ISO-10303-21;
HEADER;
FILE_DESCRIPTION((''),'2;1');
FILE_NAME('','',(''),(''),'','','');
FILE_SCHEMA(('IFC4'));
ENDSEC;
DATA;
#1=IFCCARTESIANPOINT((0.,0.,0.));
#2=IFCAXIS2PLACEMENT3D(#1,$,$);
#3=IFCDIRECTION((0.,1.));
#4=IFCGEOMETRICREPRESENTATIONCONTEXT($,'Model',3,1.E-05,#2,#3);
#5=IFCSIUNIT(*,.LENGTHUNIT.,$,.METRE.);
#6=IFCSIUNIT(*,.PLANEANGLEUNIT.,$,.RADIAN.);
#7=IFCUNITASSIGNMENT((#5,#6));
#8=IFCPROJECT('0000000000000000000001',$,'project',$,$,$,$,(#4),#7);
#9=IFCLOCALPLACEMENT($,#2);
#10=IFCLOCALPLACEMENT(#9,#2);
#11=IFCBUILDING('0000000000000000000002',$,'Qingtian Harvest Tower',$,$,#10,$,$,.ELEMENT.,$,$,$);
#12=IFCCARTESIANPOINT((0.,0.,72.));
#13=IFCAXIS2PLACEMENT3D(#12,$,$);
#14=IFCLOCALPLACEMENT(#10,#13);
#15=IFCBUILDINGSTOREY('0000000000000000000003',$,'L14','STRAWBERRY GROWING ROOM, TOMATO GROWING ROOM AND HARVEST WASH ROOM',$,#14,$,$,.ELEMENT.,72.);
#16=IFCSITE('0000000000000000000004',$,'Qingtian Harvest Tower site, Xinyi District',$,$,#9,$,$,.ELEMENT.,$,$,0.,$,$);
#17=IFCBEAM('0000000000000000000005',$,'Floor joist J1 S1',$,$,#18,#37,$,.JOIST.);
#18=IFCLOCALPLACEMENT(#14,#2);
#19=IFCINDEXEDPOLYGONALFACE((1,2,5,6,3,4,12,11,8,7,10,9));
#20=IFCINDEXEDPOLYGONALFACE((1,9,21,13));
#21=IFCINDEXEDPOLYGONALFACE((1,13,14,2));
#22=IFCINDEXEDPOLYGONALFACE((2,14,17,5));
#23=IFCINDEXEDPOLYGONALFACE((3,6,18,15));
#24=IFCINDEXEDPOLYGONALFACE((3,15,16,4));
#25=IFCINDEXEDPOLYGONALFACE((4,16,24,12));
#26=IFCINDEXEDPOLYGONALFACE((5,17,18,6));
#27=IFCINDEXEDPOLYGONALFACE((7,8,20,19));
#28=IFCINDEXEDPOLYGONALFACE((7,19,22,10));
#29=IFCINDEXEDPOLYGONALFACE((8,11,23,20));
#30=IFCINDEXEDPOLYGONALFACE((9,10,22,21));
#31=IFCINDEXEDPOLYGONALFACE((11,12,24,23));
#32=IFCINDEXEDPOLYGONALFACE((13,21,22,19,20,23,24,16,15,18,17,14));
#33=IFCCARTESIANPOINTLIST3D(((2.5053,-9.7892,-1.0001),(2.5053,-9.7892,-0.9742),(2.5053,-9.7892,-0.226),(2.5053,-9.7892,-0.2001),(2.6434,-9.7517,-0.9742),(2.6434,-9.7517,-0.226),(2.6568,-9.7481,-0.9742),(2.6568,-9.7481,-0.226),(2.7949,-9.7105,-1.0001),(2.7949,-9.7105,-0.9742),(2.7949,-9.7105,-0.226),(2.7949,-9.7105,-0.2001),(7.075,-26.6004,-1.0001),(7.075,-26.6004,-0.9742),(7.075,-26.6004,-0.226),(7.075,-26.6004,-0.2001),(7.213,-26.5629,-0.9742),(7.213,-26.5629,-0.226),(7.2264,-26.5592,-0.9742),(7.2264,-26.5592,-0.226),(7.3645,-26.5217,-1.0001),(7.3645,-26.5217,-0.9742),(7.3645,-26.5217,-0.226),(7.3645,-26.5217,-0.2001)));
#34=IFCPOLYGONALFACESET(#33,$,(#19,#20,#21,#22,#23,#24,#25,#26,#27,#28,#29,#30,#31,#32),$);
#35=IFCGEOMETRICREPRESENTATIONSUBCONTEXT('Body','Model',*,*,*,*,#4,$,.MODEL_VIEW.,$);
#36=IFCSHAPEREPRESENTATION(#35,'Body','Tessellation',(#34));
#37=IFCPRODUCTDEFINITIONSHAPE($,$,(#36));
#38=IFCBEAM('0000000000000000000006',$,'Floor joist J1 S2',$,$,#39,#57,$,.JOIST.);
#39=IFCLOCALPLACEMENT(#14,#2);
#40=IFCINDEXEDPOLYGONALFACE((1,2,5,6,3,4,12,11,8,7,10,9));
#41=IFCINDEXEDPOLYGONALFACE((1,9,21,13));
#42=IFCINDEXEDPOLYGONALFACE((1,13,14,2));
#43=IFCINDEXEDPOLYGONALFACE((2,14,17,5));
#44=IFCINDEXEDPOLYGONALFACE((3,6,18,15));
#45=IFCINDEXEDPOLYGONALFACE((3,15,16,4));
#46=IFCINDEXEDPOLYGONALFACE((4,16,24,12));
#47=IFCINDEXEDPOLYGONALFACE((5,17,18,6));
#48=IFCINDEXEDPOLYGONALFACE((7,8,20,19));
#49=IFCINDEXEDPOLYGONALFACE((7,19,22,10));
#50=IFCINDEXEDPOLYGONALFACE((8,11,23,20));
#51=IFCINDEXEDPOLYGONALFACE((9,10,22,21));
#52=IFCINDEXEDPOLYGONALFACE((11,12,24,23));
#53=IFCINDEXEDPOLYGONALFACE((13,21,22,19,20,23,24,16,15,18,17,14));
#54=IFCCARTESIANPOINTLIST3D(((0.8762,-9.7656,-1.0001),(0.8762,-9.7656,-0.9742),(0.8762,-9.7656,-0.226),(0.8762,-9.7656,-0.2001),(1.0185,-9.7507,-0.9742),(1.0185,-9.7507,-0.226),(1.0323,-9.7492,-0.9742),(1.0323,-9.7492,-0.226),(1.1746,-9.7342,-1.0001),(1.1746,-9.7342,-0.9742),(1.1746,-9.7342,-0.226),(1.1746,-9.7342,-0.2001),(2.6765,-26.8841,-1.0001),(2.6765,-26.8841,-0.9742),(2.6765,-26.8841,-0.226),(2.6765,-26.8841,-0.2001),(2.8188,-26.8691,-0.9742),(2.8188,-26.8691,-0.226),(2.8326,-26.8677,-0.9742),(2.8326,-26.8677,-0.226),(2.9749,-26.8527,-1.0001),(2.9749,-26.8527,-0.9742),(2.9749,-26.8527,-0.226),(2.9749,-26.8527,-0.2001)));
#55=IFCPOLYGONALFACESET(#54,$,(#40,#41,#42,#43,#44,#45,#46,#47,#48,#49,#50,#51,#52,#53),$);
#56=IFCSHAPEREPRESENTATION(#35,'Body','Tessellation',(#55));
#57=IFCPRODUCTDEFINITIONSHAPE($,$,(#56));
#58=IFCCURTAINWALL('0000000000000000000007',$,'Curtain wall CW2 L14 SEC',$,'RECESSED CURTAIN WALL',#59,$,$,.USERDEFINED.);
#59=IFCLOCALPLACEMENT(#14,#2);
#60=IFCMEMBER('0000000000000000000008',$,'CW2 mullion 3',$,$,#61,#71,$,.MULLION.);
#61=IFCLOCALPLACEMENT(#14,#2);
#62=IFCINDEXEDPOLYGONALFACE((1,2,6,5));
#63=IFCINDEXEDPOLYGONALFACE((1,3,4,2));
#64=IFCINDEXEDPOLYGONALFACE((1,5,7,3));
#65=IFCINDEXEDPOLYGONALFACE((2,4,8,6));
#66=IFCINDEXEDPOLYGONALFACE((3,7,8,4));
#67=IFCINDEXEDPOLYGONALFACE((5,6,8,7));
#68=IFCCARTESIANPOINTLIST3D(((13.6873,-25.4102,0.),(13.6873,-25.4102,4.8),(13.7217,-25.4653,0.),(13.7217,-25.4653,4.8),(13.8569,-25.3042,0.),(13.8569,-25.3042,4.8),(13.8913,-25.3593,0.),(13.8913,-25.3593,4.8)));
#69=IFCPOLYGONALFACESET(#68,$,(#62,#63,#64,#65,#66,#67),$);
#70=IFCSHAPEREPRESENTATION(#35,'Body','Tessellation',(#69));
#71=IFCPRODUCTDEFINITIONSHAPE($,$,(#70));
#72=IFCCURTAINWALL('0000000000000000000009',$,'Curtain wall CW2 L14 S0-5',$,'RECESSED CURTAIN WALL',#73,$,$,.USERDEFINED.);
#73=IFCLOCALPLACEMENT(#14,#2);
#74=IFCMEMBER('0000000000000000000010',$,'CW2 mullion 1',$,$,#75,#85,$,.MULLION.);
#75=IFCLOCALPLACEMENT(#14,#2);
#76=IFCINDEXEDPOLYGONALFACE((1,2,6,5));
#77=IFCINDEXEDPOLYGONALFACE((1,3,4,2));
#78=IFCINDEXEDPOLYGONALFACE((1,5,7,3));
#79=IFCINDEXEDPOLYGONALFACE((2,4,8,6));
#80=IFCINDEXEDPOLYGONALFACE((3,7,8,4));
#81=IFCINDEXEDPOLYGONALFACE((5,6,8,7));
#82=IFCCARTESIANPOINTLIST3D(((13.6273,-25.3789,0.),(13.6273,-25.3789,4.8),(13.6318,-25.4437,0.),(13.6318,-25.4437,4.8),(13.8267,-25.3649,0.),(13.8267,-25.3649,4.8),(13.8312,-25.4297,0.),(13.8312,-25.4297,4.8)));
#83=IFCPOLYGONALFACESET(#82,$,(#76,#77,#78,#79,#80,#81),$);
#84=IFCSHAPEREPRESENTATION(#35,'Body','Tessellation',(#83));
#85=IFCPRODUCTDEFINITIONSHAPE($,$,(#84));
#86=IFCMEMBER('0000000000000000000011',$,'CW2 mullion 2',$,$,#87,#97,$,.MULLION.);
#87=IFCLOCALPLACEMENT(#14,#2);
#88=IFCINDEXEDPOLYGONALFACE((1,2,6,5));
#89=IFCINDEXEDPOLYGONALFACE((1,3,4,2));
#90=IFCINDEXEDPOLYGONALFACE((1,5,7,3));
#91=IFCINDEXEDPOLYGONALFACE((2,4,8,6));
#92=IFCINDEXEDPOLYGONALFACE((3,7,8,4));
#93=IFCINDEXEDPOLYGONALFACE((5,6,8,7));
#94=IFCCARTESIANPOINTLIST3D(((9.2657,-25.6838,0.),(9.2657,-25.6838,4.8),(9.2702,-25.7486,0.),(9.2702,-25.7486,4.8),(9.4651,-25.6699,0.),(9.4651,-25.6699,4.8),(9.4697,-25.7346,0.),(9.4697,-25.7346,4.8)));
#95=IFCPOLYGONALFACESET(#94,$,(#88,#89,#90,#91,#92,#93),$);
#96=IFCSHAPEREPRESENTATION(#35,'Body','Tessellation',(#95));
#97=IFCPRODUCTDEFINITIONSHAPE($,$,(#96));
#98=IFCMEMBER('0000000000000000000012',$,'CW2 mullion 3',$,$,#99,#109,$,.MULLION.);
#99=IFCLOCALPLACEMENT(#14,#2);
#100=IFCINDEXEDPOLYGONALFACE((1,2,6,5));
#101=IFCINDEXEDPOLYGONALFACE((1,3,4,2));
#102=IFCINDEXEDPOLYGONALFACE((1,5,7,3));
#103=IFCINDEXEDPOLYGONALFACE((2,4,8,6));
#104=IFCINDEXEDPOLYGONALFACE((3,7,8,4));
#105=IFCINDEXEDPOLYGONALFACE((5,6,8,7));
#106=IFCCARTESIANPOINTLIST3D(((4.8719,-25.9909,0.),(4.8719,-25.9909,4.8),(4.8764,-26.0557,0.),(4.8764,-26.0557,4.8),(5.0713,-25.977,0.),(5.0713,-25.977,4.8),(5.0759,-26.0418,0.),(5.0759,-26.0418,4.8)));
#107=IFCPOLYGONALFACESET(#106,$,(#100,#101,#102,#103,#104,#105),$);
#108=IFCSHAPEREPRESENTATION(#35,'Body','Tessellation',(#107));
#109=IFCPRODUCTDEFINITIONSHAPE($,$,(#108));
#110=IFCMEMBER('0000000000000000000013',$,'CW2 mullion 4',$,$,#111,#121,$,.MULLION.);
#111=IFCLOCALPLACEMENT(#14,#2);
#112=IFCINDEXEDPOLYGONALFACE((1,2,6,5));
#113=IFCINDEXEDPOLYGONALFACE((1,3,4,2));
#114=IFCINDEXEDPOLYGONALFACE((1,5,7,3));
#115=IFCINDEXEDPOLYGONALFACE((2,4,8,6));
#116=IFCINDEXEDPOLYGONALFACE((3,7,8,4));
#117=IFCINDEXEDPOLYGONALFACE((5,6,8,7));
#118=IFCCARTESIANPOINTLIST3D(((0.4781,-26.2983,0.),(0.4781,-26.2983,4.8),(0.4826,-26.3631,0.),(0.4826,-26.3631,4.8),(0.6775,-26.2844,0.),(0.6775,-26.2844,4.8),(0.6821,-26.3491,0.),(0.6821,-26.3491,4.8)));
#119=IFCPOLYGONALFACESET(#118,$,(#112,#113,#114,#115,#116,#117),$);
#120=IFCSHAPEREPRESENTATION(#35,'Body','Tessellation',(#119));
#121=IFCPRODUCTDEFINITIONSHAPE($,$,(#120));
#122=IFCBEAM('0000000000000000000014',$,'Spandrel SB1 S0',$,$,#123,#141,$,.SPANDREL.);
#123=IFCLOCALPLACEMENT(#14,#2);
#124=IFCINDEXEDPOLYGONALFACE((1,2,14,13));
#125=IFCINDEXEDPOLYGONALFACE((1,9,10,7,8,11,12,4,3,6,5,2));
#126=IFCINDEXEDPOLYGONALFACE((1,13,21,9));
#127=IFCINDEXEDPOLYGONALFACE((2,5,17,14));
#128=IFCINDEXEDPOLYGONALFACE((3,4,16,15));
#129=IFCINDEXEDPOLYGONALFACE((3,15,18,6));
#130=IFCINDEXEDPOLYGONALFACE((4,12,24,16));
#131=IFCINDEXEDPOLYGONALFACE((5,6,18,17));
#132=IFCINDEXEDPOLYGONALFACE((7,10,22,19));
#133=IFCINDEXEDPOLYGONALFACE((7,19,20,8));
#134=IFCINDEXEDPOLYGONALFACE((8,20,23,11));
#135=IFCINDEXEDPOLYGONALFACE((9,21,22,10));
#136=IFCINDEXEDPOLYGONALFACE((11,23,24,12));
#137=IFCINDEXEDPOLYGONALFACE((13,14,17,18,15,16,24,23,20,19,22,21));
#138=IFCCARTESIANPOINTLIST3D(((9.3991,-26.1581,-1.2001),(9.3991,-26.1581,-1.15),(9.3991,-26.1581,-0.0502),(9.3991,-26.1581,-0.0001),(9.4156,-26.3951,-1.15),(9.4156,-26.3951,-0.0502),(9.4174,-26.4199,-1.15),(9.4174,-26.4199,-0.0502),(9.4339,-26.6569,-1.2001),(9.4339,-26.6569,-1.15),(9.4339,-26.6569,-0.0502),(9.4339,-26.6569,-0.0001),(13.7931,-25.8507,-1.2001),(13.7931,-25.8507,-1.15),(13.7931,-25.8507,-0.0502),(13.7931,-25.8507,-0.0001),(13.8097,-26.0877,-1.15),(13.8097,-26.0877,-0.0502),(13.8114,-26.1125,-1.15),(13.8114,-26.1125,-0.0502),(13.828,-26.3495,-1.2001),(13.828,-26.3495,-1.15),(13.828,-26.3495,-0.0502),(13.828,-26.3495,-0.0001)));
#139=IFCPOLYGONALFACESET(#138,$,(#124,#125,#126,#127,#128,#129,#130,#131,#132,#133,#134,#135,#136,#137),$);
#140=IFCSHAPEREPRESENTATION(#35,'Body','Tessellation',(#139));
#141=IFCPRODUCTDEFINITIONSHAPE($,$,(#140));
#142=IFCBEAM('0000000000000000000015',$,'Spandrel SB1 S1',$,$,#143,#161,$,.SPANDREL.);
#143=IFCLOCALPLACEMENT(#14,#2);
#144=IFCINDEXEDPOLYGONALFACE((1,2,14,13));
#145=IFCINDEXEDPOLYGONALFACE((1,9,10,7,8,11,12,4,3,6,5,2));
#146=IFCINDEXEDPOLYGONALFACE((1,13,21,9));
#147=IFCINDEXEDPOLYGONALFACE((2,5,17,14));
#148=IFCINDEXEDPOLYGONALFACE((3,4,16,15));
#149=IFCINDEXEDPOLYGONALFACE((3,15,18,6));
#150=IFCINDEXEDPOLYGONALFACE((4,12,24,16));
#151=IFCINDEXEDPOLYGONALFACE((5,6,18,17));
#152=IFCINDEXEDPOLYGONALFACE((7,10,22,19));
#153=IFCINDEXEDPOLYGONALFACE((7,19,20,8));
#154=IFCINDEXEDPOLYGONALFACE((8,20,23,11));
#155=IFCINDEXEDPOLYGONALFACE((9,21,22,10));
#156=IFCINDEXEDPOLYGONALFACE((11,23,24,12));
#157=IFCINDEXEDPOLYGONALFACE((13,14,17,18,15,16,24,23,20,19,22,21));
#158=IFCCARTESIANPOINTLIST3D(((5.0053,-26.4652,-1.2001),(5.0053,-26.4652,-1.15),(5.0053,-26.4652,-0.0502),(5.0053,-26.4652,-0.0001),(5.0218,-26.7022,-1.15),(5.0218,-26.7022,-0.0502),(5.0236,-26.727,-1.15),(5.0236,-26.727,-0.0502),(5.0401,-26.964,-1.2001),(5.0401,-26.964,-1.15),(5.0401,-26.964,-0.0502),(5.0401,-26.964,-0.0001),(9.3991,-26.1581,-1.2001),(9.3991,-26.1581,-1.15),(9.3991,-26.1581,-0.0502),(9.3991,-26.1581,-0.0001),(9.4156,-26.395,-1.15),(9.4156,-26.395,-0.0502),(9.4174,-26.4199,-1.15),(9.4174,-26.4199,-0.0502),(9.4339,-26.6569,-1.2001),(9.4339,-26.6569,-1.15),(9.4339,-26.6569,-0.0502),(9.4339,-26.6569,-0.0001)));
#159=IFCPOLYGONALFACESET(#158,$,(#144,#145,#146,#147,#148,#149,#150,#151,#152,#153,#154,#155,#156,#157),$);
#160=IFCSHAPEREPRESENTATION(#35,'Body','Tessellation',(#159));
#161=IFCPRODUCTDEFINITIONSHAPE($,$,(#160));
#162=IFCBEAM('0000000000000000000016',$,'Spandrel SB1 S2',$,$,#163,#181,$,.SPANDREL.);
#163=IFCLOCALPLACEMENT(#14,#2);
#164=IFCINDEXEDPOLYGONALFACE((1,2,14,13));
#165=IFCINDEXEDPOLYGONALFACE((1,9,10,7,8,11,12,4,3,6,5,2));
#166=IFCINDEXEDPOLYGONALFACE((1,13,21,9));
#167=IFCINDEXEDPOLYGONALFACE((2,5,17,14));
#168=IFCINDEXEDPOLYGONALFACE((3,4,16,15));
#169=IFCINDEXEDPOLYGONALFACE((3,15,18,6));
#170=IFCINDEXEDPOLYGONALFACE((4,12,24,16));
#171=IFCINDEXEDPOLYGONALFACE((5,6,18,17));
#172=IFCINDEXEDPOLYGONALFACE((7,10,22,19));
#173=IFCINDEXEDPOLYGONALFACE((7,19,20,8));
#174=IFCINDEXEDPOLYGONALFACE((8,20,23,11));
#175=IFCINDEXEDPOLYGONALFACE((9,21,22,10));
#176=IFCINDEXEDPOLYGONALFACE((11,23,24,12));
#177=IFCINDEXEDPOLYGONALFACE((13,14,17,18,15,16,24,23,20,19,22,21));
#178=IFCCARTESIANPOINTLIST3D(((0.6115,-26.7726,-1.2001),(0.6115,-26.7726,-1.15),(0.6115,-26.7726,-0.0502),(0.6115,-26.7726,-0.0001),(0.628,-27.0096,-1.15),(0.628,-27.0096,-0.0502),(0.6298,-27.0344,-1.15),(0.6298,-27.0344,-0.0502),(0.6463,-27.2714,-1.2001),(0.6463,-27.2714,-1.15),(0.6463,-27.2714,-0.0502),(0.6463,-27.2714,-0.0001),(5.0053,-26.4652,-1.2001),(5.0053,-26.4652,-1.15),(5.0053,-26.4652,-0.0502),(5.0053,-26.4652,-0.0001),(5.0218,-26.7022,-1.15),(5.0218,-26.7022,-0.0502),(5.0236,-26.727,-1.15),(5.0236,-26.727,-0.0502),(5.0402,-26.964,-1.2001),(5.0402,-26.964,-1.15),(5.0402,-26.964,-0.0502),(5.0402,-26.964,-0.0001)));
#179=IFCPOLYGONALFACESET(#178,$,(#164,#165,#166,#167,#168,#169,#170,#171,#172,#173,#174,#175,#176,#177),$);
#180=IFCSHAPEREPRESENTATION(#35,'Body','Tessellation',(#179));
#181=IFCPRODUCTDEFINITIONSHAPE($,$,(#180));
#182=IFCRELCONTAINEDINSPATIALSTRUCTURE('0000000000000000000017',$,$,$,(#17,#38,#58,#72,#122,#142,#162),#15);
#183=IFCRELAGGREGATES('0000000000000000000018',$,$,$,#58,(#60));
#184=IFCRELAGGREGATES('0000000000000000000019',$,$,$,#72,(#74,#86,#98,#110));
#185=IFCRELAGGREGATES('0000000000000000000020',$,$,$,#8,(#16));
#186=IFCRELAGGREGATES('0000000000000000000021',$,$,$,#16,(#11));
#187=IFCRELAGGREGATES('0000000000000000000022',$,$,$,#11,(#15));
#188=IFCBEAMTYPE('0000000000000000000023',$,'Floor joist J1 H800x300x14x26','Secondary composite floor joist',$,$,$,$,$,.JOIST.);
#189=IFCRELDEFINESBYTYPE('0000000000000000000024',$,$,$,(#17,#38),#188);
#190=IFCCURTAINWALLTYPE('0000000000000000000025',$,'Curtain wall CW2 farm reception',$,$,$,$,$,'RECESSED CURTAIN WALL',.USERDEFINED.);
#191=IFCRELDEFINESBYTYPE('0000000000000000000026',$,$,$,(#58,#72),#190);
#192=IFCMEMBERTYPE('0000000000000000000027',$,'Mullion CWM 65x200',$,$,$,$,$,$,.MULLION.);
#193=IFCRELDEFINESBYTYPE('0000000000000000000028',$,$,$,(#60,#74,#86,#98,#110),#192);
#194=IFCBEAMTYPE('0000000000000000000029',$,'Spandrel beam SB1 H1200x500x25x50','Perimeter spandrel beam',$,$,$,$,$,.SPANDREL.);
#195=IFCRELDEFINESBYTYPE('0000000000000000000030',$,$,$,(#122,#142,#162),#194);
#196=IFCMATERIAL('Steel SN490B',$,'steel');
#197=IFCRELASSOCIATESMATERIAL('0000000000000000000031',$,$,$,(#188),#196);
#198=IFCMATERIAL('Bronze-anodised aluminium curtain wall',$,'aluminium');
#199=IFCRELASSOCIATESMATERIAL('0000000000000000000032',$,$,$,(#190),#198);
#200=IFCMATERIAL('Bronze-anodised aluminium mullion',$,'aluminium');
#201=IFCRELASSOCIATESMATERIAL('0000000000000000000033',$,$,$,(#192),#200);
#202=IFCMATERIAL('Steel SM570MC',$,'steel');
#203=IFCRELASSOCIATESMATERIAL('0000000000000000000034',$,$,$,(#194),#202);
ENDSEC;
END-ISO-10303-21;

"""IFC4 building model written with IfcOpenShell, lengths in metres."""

from ifc_helpers import new_model, si_unit, direction, frame, origin, origin_2d, place, context, subcontext, project, spatial, rectangle, i_section, extrude, material, material_profile, profile_set, type_object, element, aggregate, save


model = new_model("IFC4")

# Units and contexts
model_context = context("Model", 3, precision=1e-05, world=origin(), true_north=direction((0.0, 1.0)))
body_context = subcontext(model_context, "Body", "Model", "MODEL_VIEW")
ifc_project = project(units=[si_unit("LENGTHUNIT", "METRE"), si_unit("PLANEANGLEUNIT", "RADIAN")], contexts=[model_context])

# Site, building, storey
site_placement = place(None, origin())
site = spatial("IfcSite", under=ifc_project, at=site_placement, Name="Qingtian Harvest Tower site, Xinyi District", CompositionType="ELEMENT", RefElevation=0.0)
building_placement = place(site_placement, origin())
building = spatial("IfcBuilding", under=site, at=building_placement, Name="Qingtian Harvest Tower", CompositionType="ELEMENT")
storey_placement = place(building_placement, frame((0.0, 0.0, 72.0)))
storey = spatial("IfcBuildingStorey", under=building, at=storey_placement, Name="L14", Description="STRAWBERRY GROWING ROOM, TOMATO GROWING ROOM AND HARVEST WASH ROOM", CompositionType="ELEMENT", Elevation=72.0)

# Beams
ifc_material_1 = material(Name="Steel SN490B", Category="steel")
ifc_material_profile_1 = material_profile(ifc_material_1, i_section(OverallWidth=0.3, OverallDepth=0.8, WebThickness=0.0139, FlangeThickness=0.0259, at=origin_2d()), Name="H800x300x14x26")
ifc_profile_set_1 = profile_set([ifc_material_profile_1], Name="Steel SN490B")
beam_type_1 = type_object("IfcBeamType", Name="Floor joist J1 H800x300x14x26", Description="Secondary composite floor joist", PredefinedType="JOIST", material=ifc_profile_set_1)
beam_1_placement = place(storey_placement, frame((7.2197, -26.561, -0.6001), z_axis=(-0.262303, 0.964986, 0.0), x_axis=(-0.964986, -0.262303, 0.0)))
element("IfcBeam", 1, at=beam_1_placement, inside=storey, type_object=beam_type_1, Name="Floor joist J1 S1", PredefinedType="JOIST", context=body_context, shape_type="SweptSolid", body=[
    extrude(i_section(OverallWidth=0.3, OverallDepth=0.8, WebThickness=0.0139, FlangeThickness=0.0259, at=origin_2d()), origin(), (0.0, 0.0, 1.0), 17.4211),
])
beam_2_placement = place(storey_placement, frame((2.8257, -26.8684, -0.6001), z_axis=(-0.10459, 0.994515, 0.0), x_axis=(-0.994515, -0.10459, 0.0)))
element("IfcBeam", 2, at=beam_2_placement, inside=storey, type_object=beam_type_1, Name="Floor joist J1 S2", PredefinedType="JOIST", context=body_context, shape_type="SweptSolid", body=[
    extrude(i_section(OverallWidth=0.3, OverallDepth=0.8, WebThickness=0.0139, FlangeThickness=0.0259, at=origin_2d()), origin(), (0.0, 0.0, 1.0), 17.2129),
])

# Curtain wall, member
ifc_material_2 = material(Name="Bronze-anodised aluminium curtain wall", Category="aluminium")
curtain_wall_type = type_object("IfcCurtainWallType", Name="Curtain wall CW2 farm reception", ElementType="RECESSED CURTAIN WALL", PredefinedType="USERDEFINED", material=ifc_material_2)
curtain_wall_1_placement = place(storey_placement, origin())
curtain_wall_1 = element("IfcCurtainWall", 3, at=curtain_wall_1_placement, inside=storey, type_object=curtain_wall_type, Name="Curtain wall CW2 L14 SEC", ObjectType="RECESSED CURTAIN WALL", PredefinedType="USERDEFINED")
ifc_material_3 = material(Name="Bronze-anodised aluminium mullion", Category="aluminium")
ifc_material_profile_2 = material_profile(ifc_material_3, rectangle(XDim=0.0649, YDim=0.2, at=origin_2d()), Name="AL 65x200")
ifc_profile_set_2 = profile_set([ifc_material_profile_2], Name="Bronze-anodised aluminium mullion")
member_type_1 = type_object("IfcMemberType", Name="Mullion CWM 65x200", PredefinedType="MULLION", material=ifc_profile_set_2)
member_1_placement = place(storey_placement, frame((13.7893, -25.3848, 0.0), z_axis=(0.0, 0.0, 1.0), x_axis=(0.529919, -0.848048, 0.0)))
member_1 = element("IfcMember", 4, at=member_1_placement, type_object=member_type_1, Name="CW2 mullion 3", PredefinedType="MULLION", context=body_context, shape_type="SweptSolid", body=[
    extrude(rectangle(XDim=0.0649, YDim=0.2, at=origin_2d()), origin(), (0.0, 0.0, 1.0), 4.8),
])
aggregate(curtain_wall_1, [member_1])

# Curtain wall, members
curtain_wall_2_placement = place(storey_placement, origin())
curtain_wall_2 = element("IfcCurtainWall", 5, at=curtain_wall_2_placement, inside=storey, type_object=curtain_wall_type, Name="Curtain wall CW2 L14 S0-5", ObjectType="RECESSED CURTAIN WALL", PredefinedType="USERDEFINED")
member_2_placement = place(storey_placement, frame((13.7292, -25.4043, 0.0), z_axis=(0.0, 0.0, 1.0), x_axis=(0.069756, -0.997564, 0.0)))
member_2 = element("IfcMember", 6, at=member_2_placement, type_object=member_type_1, Name="CW2 mullion 1", PredefinedType="MULLION", context=body_context, shape_type="SweptSolid", body=[
    extrude(rectangle(XDim=0.0649, YDim=0.2, at=origin_2d()), origin(), (0.0, 0.0, 1.0), 4.8),
])
member_3_placement = place(storey_placement, frame((9.3677, -25.7092, 0.0), z_axis=(0.0, 0.0, 1.0), x_axis=(0.069756, -0.997564, 0.0)))
member_3 = element("IfcMember", 7, at=member_3_placement, type_object=member_type_1, Name="CW2 mullion 2", PredefinedType="MULLION", context=body_context, shape_type="SweptSolid", body=[
    extrude(rectangle(XDim=0.0649, YDim=0.2, at=origin_2d()), origin(), (0.0, 0.0, 1.0), 4.8),
])
member_4_placement = place(storey_placement, frame((4.9739, -26.0164, 0.0), z_axis=(0.0, 0.0, 1.0), x_axis=(0.069756, -0.997564, 0.0)))
member_4 = element("IfcMember", 8, at=member_4_placement, type_object=member_type_1, Name="CW2 mullion 3", PredefinedType="MULLION", context=body_context, shape_type="SweptSolid", body=[
    extrude(rectangle(XDim=0.0649, YDim=0.2, at=origin_2d()), origin(), (0.0, 0.0, 1.0), 4.8),
])
member_5_placement = place(storey_placement, frame((0.5801, -26.3237, 0.0), z_axis=(0.0, 0.0, 1.0), x_axis=(0.069756, -0.997564, 0.0)))
member_5 = element("IfcMember", 9, at=member_5_placement, type_object=member_type_1, Name="CW2 mullion 4", PredefinedType="MULLION", context=body_context, shape_type="SweptSolid", body=[
    extrude(rectangle(XDim=0.0649, YDim=0.2, at=origin_2d()), origin(), (0.0, 0.0, 1.0), 4.8),
])

# Beams
ifc_material_4 = material(Name="Steel SM570MC", Category="steel")
ifc_material_profile_3 = material_profile(ifc_material_4, i_section(OverallWidth=0.5, OverallDepth=1.2, WebThickness=0.0249, FlangeThickness=0.05, at=origin_2d()), Name="H1200x500x25x50")
ifc_profile_set_3 = profile_set([ifc_material_profile_3], Name="Steel SM570MC")
beam_type_2 = type_object("IfcBeamType", Name="Spandrel beam SB1 H1200x500x25x50", Description="Perimeter spandrel beam", PredefinedType="SPANDREL", material=ifc_profile_set_3)
beam_3_placement = place(storey_placement, frame((13.8105, -26.1001, -0.6001), z_axis=(-0.997562, -0.069782, 0.0), x_axis=(0.069782, -0.997562, 0.0)))
element("IfcBeam", 10, at=beam_3_placement, inside=storey, type_object=beam_type_2, Name="Spandrel SB1 S0", PredefinedType="SPANDREL", context=body_context, shape_type="SweptSolid", body=[
    extrude(i_section(OverallWidth=0.5, OverallDepth=1.2, WebThickness=0.0249, FlangeThickness=0.05, at=origin_2d()), origin(), (0.0, 0.0, 1.0), 4.4048),
])
for number, where, z_axis, x_axis, name in (
    (11, (9.4165, -26.4075, -0.6001), (-0.997566, -0.06973, 0.0), (0.06973, -0.997566, 0.0), "Spandrel SB1 S1"),
    (12, (5.0227, -26.7146, -0.6001), (-0.997562, -0.069786, 0.0), (0.069786, -0.997562, 0.0), "Spandrel SB1 S2"),
):
    element("IfcBeam", number, at=place(storey_placement, frame(where, z_axis=z_axis, x_axis=x_axis)), inside=storey, type_object=beam_type_2, Name=name, PredefinedType="SPANDREL", context=body_context, shape_type="SweptSolid", body=[
        extrude(i_section(OverallWidth=0.5, OverallDepth=1.2, WebThickness=0.0249, FlangeThickness=0.05, at=origin_2d()), origin(), (0.0, 0.0, 1.0), 4.4045),
    ])

aggregate(curtain_wall_2, [member_2, member_3, member_4, member_5])

save(model, "model.ifc")
